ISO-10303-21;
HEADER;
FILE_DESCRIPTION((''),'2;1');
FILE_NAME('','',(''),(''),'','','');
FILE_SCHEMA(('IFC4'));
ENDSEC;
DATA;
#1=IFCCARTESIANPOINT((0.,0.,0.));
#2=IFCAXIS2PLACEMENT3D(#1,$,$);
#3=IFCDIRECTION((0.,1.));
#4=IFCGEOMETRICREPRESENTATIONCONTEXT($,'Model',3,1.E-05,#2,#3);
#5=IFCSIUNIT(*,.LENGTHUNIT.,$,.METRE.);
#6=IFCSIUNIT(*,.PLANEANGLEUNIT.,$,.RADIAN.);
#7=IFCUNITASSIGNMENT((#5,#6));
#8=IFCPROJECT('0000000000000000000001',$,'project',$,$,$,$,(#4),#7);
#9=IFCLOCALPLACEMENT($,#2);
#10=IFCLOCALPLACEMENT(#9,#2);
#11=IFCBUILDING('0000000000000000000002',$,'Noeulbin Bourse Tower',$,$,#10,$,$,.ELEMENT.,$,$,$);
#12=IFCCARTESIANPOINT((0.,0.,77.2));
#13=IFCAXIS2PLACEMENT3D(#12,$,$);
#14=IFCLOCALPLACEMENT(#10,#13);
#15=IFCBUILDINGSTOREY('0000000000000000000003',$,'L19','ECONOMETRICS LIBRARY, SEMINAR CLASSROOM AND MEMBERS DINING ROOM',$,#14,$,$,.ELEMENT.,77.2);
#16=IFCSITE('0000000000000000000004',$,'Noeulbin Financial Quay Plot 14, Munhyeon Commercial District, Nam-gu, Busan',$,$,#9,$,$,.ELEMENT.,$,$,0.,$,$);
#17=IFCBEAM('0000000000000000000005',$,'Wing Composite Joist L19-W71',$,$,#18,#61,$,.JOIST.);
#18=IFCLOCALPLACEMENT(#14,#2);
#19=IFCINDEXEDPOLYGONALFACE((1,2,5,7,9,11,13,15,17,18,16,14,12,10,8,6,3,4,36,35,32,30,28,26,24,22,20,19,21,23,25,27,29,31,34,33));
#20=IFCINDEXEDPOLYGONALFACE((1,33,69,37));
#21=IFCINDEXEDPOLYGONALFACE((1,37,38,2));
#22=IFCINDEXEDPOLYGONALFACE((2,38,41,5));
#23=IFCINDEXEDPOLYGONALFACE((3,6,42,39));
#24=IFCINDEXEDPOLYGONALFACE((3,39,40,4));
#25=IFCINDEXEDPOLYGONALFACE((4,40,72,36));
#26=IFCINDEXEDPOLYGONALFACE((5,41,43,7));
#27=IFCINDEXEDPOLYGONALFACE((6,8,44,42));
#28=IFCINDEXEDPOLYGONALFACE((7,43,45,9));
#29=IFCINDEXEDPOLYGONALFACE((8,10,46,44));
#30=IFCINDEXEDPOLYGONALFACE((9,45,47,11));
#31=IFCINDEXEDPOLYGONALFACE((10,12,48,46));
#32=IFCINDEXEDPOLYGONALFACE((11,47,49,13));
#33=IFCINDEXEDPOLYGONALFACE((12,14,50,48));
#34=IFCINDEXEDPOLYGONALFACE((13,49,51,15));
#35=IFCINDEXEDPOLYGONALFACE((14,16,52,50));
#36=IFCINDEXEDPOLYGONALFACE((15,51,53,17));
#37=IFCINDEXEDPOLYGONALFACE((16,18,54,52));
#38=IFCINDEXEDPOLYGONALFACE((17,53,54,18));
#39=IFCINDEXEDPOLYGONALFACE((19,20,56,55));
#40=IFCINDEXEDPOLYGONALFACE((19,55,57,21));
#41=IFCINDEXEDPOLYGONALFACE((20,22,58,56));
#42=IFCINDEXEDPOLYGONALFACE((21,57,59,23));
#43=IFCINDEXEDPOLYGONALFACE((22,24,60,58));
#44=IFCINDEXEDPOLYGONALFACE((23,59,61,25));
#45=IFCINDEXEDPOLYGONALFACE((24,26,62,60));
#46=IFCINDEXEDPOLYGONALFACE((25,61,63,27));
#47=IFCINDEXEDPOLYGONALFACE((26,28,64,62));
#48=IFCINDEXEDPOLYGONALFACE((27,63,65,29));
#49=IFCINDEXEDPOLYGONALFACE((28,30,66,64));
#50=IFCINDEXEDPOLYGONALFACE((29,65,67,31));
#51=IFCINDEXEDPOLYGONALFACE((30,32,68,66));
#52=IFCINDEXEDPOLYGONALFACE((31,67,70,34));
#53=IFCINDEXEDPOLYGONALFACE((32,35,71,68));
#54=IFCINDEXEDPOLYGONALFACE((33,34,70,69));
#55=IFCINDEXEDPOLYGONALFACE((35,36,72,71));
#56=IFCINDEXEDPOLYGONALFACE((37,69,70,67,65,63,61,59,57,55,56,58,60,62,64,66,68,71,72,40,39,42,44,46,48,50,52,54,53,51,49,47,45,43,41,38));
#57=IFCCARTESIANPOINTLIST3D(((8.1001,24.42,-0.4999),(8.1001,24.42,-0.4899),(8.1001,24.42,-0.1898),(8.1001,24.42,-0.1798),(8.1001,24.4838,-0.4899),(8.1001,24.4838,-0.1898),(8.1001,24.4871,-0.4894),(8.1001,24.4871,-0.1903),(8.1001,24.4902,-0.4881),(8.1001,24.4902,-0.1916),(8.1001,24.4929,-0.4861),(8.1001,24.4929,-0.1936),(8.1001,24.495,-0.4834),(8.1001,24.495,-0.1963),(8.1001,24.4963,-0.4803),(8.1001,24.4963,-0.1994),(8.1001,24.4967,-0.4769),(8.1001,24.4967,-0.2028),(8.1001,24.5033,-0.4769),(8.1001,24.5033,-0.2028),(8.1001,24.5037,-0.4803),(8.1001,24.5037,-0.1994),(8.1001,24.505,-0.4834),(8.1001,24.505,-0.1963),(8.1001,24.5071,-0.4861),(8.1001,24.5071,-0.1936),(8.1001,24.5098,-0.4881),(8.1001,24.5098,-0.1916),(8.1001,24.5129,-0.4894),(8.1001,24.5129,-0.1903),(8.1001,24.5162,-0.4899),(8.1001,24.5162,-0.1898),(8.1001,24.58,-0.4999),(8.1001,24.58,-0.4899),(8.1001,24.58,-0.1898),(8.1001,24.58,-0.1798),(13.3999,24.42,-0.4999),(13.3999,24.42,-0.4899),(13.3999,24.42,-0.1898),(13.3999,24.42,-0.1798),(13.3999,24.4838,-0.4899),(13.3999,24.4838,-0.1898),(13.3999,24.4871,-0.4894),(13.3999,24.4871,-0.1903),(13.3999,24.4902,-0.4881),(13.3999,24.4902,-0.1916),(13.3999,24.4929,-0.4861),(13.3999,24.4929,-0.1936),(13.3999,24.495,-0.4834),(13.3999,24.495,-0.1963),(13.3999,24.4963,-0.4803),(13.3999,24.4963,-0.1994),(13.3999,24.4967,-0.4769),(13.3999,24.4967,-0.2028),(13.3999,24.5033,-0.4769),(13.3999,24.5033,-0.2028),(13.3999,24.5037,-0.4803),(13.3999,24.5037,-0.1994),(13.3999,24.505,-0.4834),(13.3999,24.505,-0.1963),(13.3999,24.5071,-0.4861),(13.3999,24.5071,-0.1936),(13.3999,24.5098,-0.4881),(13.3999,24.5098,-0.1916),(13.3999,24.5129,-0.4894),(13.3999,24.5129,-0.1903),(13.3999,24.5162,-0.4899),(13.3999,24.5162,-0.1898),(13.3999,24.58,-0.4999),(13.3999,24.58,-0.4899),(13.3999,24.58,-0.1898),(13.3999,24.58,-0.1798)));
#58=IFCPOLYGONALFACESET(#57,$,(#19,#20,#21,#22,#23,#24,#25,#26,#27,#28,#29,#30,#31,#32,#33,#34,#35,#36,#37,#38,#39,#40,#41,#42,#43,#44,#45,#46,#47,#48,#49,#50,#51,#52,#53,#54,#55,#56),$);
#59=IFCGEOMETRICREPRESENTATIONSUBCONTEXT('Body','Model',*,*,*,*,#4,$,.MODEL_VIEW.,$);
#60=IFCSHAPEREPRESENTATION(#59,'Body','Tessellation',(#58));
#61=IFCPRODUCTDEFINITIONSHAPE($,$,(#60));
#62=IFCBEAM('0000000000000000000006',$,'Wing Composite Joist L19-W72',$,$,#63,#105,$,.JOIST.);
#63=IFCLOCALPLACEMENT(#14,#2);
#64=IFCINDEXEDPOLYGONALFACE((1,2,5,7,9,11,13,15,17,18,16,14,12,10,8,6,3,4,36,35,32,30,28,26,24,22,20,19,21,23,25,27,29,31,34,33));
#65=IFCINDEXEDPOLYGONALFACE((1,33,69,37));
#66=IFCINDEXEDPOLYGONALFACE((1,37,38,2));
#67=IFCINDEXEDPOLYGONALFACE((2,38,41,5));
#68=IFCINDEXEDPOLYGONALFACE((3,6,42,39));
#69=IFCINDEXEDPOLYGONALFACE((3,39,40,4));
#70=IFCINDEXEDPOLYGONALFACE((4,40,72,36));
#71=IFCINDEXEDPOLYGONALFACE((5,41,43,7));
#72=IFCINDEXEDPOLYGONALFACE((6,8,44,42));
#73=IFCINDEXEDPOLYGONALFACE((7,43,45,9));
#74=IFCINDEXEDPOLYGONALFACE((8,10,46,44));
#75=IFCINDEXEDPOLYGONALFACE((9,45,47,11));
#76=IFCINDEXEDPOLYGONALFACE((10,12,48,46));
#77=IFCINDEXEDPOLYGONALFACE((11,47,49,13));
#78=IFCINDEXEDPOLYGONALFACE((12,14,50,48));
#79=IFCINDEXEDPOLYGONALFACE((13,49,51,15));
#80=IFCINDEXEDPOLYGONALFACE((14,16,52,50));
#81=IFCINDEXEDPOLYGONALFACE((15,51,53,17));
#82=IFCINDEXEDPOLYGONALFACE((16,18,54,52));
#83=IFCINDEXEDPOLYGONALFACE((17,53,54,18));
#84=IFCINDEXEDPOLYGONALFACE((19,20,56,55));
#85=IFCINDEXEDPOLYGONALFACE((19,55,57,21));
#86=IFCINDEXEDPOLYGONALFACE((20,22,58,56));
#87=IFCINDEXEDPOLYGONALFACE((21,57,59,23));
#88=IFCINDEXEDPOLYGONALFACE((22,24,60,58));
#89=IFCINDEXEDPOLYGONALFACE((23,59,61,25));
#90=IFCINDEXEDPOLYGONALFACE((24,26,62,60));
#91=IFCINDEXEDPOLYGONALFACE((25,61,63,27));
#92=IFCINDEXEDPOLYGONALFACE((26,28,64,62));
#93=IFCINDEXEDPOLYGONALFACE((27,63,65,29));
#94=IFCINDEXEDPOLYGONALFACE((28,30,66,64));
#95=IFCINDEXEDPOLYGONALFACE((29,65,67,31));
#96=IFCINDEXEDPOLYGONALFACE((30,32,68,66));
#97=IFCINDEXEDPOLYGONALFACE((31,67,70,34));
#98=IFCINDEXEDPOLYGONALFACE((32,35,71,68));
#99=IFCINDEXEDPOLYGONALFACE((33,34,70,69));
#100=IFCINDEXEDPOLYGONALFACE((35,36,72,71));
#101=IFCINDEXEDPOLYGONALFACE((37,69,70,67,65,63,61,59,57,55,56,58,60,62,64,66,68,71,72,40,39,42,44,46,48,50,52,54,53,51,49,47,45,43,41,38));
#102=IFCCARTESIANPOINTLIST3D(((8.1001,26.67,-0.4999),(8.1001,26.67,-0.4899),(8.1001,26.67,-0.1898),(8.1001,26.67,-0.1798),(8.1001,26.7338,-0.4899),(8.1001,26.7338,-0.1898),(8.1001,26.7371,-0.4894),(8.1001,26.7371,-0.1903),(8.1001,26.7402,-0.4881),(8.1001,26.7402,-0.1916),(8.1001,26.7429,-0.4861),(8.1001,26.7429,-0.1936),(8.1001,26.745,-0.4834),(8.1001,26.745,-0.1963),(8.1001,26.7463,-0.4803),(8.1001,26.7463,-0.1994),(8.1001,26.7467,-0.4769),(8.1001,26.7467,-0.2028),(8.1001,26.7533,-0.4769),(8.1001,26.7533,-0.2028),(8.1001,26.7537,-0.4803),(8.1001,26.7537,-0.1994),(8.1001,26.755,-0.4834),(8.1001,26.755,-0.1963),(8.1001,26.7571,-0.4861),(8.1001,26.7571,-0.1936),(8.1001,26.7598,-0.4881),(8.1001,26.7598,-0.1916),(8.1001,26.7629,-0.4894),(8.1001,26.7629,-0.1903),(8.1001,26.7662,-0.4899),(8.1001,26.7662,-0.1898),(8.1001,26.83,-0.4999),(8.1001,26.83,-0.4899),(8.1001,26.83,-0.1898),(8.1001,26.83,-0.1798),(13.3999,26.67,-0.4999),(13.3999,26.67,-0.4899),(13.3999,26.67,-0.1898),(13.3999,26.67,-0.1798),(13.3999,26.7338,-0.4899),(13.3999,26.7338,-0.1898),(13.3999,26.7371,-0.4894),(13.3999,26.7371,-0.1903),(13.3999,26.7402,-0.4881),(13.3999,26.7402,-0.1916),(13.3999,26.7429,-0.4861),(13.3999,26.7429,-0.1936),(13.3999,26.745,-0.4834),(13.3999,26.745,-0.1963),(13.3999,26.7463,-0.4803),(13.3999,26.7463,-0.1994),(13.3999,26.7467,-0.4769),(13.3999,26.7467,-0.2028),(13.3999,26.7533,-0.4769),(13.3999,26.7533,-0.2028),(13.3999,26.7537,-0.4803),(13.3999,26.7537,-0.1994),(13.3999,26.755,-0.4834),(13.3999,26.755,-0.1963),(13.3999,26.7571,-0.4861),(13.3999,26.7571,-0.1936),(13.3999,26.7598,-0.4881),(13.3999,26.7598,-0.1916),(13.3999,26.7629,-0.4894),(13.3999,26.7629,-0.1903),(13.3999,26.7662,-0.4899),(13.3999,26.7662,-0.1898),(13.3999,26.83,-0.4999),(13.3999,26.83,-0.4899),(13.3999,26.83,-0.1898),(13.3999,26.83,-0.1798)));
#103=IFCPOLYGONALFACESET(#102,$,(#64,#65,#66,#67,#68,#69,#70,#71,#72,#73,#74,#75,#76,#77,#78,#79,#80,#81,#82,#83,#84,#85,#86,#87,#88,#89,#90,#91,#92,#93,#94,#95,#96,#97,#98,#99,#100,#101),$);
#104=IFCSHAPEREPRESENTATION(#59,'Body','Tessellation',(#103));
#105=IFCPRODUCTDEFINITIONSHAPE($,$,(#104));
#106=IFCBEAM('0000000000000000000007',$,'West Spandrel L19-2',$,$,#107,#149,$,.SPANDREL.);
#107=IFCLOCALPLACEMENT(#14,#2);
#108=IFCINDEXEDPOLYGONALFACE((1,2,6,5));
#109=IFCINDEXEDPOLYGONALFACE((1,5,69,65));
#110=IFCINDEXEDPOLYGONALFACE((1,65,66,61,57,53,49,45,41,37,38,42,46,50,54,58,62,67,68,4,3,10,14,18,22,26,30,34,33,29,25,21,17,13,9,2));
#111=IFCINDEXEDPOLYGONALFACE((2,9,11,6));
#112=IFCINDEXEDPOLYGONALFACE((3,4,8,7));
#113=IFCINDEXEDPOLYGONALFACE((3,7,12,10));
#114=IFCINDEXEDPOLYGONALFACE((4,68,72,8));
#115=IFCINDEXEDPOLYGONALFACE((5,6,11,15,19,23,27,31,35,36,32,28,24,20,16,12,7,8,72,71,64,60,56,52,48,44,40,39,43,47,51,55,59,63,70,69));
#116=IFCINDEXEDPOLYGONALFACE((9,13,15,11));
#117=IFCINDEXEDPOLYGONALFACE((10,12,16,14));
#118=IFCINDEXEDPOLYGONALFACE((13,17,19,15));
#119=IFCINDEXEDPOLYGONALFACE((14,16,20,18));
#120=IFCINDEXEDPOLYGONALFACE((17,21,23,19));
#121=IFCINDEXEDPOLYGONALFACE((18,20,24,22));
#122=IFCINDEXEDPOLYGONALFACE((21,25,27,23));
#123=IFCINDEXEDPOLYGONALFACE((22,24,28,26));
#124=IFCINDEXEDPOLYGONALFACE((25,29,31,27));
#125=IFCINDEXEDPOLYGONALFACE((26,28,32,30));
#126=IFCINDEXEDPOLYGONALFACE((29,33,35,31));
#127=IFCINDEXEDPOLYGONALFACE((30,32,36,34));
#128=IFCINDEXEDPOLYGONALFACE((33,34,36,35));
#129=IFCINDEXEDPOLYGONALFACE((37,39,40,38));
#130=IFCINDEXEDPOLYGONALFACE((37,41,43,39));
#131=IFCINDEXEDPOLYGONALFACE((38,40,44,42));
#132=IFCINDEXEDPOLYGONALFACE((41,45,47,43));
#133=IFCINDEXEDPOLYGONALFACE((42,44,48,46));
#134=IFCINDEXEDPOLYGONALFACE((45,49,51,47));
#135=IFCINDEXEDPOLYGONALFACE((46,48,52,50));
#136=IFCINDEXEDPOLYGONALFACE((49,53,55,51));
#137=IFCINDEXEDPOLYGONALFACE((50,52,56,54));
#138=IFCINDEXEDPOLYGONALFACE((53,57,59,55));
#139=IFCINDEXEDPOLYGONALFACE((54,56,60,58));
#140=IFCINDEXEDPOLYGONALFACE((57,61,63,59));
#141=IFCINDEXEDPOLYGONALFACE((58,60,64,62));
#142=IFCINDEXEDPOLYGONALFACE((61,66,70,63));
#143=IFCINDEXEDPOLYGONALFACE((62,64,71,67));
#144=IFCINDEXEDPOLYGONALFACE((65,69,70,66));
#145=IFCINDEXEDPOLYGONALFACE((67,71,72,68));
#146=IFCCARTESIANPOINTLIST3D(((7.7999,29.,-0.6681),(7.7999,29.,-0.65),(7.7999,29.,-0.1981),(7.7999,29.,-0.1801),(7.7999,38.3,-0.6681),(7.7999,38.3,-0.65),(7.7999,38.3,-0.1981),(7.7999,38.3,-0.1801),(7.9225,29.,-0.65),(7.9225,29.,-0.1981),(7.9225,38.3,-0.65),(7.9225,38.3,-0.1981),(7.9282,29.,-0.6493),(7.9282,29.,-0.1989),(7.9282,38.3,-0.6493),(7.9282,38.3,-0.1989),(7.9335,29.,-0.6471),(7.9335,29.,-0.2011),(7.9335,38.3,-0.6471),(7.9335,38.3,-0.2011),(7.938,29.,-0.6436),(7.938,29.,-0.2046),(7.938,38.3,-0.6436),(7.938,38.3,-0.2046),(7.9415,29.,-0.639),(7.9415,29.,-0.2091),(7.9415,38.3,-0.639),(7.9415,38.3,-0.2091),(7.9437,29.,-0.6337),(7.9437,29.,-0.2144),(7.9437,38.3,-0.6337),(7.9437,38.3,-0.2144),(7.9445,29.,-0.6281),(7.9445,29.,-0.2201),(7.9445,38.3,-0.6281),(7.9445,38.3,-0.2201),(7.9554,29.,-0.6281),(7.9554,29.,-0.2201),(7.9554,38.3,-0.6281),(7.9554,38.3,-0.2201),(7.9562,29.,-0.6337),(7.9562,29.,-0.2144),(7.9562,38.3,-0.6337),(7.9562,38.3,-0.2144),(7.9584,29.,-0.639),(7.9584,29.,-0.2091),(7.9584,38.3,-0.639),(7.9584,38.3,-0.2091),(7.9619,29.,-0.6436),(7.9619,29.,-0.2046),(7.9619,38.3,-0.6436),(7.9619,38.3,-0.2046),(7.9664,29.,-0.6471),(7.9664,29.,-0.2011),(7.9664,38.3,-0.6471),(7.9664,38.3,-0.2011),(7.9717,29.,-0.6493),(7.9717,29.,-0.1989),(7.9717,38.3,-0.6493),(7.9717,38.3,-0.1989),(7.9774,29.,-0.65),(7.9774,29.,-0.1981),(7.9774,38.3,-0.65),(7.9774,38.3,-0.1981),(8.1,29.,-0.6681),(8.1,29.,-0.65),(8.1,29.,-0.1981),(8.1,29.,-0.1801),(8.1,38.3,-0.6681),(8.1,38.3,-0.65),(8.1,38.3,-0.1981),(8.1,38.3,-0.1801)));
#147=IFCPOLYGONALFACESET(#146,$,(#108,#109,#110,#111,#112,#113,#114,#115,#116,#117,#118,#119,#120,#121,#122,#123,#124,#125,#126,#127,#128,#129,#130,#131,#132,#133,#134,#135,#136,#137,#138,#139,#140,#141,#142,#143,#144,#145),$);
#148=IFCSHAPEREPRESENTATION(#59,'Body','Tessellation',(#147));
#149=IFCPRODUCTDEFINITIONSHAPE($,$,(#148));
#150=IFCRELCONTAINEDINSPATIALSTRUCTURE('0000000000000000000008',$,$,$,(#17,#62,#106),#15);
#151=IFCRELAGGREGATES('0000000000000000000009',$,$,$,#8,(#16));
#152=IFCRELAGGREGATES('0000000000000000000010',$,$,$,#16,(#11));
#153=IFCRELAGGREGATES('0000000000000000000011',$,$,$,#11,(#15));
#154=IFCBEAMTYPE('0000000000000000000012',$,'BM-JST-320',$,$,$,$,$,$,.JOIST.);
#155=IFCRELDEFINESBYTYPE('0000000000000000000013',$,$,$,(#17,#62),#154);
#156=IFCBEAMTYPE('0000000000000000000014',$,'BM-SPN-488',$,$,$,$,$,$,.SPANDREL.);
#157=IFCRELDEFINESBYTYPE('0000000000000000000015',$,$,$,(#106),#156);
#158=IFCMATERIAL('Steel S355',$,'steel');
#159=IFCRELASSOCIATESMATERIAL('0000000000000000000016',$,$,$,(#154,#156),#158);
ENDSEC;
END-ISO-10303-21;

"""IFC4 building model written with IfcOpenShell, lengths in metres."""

from ifc_helpers import new_model, si_unit, direction, frame, origin, origin_2d, place, context, subcontext, project, spatial, i_section, extrude, material, material_profile, profile_set, type_object, element, save


model = new_model("IFC4")

# Units and contexts
model_context = context("Model", 3, precision=1e-05, world=origin(), true_north=direction((0.0, 1.0)))
body_context = subcontext(model_context, "Body", "Model", "MODEL_VIEW")
ifc_project = project(units=[si_unit("LENGTHUNIT", "METRE"), si_unit("PLANEANGLEUNIT", "RADIAN")], contexts=[model_context])

# Site, building, storey
site_placement = place(None, origin())
site = spatial("IfcSite", under=ifc_project, at=site_placement, Name="Noeulbin Financial Quay Plot 14, Munhyeon Commercial District, Nam-gu, Busan", CompositionType="ELEMENT", RefElevation=0.0)
building_placement = place(site_placement, origin())
building = spatial("IfcBuilding", under=site, at=building_placement, Name="Noeulbin Bourse Tower", CompositionType="ELEMENT")
storey_placement = place(building_placement, frame((0.0, 0.0, 77.2)))
storey = spatial("IfcBuildingStorey", under=building, at=storey_placement, Name="L19", Description="ECONOMETRICS LIBRARY, SEMINAR CLASSROOM AND MEMBERS DINING ROOM", CompositionType="ELEMENT", Elevation=77.2)

# Beams
ifc_material_1 = material(Name="Steel S355", Category="steel")
ifc_material_profile_1 = material_profile(ifc_material_1, i_section(OverallWidth=0.1599, OverallDepth=0.3201, WebThickness=0.0066, FlangeThickness=0.01, FilletRadius=0.0129, at=origin_2d()), Name="H-320x160x6.5x10", Category="LoadBearing")
ifc_profile_set_1 = profile_set([ifc_material_profile_1], Name="Steel S355")
beam_type_1 = type_object("IfcBeamType", Name="BM-JST-320", PredefinedType="JOIST", material=ifc_profile_set_1)
for number, where, z_axis, x_axis, name in (
    (1, (8.1001, 24.5, -0.3398), (1.0, 0.0, 0.0), (0.0, 1.0, 0.0), "Wing Composite Joist L19-W71"),
    (2, (8.1001, 26.75, -0.3398), (1.0, 0.0, 0.0), (0.0, 1.0, 0.0), "Wing Composite Joist L19-W72"),
):
    element("IfcBeam", number, at=place(storey_placement, frame(where, z_axis=z_axis, x_axis=x_axis)), inside=storey, type_object=beam_type_1, Name=name, PredefinedType="JOIST", context=body_context, shape_type="SweptSolid", body=[
        extrude(i_section(OverallWidth=0.1599, OverallDepth=0.3201, WebThickness=0.0066, FlangeThickness=0.01, FilletRadius=0.0129, at=origin_2d()), origin(), (0.0, 0.0, 1.0), 5.2998),
    ])
ifc_material_profile_2 = material_profile(ifc_material_1, i_section(OverallWidth=0.3, OverallDepth=0.488, WebThickness=0.011, FlangeThickness=0.0181, FilletRadius=0.022, at=origin_2d()), Name="H-488x300x11x18", Category="LoadBearing")
ifc_profile_set_2 = profile_set([ifc_material_profile_2], Name="Steel S355")
beam_type_2 = type_object("IfcBeamType", Name="BM-SPN-488", PredefinedType="SPANDREL", material=ifc_profile_set_2)
beam_1_placement = place(storey_placement, frame((7.95, 29.0, -0.4241), z_axis=(0.0, 1.0, 0.0), x_axis=(-1.0, 0.0, 0.0)))
element("IfcBeam", 3, at=beam_1_placement, inside=storey, type_object=beam_type_2, Name="West Spandrel L19-2", PredefinedType="SPANDREL", context=body_context, shape_type="SweptSolid", body=[
    extrude(i_section(OverallWidth=0.3, OverallDepth=0.488, WebThickness=0.011, FlangeThickness=0.0181, FilletRadius=0.022, at=origin_2d()), origin(), (0.0, 0.0, 1.0), 9.3),
])

save(model, "model.ifc")
